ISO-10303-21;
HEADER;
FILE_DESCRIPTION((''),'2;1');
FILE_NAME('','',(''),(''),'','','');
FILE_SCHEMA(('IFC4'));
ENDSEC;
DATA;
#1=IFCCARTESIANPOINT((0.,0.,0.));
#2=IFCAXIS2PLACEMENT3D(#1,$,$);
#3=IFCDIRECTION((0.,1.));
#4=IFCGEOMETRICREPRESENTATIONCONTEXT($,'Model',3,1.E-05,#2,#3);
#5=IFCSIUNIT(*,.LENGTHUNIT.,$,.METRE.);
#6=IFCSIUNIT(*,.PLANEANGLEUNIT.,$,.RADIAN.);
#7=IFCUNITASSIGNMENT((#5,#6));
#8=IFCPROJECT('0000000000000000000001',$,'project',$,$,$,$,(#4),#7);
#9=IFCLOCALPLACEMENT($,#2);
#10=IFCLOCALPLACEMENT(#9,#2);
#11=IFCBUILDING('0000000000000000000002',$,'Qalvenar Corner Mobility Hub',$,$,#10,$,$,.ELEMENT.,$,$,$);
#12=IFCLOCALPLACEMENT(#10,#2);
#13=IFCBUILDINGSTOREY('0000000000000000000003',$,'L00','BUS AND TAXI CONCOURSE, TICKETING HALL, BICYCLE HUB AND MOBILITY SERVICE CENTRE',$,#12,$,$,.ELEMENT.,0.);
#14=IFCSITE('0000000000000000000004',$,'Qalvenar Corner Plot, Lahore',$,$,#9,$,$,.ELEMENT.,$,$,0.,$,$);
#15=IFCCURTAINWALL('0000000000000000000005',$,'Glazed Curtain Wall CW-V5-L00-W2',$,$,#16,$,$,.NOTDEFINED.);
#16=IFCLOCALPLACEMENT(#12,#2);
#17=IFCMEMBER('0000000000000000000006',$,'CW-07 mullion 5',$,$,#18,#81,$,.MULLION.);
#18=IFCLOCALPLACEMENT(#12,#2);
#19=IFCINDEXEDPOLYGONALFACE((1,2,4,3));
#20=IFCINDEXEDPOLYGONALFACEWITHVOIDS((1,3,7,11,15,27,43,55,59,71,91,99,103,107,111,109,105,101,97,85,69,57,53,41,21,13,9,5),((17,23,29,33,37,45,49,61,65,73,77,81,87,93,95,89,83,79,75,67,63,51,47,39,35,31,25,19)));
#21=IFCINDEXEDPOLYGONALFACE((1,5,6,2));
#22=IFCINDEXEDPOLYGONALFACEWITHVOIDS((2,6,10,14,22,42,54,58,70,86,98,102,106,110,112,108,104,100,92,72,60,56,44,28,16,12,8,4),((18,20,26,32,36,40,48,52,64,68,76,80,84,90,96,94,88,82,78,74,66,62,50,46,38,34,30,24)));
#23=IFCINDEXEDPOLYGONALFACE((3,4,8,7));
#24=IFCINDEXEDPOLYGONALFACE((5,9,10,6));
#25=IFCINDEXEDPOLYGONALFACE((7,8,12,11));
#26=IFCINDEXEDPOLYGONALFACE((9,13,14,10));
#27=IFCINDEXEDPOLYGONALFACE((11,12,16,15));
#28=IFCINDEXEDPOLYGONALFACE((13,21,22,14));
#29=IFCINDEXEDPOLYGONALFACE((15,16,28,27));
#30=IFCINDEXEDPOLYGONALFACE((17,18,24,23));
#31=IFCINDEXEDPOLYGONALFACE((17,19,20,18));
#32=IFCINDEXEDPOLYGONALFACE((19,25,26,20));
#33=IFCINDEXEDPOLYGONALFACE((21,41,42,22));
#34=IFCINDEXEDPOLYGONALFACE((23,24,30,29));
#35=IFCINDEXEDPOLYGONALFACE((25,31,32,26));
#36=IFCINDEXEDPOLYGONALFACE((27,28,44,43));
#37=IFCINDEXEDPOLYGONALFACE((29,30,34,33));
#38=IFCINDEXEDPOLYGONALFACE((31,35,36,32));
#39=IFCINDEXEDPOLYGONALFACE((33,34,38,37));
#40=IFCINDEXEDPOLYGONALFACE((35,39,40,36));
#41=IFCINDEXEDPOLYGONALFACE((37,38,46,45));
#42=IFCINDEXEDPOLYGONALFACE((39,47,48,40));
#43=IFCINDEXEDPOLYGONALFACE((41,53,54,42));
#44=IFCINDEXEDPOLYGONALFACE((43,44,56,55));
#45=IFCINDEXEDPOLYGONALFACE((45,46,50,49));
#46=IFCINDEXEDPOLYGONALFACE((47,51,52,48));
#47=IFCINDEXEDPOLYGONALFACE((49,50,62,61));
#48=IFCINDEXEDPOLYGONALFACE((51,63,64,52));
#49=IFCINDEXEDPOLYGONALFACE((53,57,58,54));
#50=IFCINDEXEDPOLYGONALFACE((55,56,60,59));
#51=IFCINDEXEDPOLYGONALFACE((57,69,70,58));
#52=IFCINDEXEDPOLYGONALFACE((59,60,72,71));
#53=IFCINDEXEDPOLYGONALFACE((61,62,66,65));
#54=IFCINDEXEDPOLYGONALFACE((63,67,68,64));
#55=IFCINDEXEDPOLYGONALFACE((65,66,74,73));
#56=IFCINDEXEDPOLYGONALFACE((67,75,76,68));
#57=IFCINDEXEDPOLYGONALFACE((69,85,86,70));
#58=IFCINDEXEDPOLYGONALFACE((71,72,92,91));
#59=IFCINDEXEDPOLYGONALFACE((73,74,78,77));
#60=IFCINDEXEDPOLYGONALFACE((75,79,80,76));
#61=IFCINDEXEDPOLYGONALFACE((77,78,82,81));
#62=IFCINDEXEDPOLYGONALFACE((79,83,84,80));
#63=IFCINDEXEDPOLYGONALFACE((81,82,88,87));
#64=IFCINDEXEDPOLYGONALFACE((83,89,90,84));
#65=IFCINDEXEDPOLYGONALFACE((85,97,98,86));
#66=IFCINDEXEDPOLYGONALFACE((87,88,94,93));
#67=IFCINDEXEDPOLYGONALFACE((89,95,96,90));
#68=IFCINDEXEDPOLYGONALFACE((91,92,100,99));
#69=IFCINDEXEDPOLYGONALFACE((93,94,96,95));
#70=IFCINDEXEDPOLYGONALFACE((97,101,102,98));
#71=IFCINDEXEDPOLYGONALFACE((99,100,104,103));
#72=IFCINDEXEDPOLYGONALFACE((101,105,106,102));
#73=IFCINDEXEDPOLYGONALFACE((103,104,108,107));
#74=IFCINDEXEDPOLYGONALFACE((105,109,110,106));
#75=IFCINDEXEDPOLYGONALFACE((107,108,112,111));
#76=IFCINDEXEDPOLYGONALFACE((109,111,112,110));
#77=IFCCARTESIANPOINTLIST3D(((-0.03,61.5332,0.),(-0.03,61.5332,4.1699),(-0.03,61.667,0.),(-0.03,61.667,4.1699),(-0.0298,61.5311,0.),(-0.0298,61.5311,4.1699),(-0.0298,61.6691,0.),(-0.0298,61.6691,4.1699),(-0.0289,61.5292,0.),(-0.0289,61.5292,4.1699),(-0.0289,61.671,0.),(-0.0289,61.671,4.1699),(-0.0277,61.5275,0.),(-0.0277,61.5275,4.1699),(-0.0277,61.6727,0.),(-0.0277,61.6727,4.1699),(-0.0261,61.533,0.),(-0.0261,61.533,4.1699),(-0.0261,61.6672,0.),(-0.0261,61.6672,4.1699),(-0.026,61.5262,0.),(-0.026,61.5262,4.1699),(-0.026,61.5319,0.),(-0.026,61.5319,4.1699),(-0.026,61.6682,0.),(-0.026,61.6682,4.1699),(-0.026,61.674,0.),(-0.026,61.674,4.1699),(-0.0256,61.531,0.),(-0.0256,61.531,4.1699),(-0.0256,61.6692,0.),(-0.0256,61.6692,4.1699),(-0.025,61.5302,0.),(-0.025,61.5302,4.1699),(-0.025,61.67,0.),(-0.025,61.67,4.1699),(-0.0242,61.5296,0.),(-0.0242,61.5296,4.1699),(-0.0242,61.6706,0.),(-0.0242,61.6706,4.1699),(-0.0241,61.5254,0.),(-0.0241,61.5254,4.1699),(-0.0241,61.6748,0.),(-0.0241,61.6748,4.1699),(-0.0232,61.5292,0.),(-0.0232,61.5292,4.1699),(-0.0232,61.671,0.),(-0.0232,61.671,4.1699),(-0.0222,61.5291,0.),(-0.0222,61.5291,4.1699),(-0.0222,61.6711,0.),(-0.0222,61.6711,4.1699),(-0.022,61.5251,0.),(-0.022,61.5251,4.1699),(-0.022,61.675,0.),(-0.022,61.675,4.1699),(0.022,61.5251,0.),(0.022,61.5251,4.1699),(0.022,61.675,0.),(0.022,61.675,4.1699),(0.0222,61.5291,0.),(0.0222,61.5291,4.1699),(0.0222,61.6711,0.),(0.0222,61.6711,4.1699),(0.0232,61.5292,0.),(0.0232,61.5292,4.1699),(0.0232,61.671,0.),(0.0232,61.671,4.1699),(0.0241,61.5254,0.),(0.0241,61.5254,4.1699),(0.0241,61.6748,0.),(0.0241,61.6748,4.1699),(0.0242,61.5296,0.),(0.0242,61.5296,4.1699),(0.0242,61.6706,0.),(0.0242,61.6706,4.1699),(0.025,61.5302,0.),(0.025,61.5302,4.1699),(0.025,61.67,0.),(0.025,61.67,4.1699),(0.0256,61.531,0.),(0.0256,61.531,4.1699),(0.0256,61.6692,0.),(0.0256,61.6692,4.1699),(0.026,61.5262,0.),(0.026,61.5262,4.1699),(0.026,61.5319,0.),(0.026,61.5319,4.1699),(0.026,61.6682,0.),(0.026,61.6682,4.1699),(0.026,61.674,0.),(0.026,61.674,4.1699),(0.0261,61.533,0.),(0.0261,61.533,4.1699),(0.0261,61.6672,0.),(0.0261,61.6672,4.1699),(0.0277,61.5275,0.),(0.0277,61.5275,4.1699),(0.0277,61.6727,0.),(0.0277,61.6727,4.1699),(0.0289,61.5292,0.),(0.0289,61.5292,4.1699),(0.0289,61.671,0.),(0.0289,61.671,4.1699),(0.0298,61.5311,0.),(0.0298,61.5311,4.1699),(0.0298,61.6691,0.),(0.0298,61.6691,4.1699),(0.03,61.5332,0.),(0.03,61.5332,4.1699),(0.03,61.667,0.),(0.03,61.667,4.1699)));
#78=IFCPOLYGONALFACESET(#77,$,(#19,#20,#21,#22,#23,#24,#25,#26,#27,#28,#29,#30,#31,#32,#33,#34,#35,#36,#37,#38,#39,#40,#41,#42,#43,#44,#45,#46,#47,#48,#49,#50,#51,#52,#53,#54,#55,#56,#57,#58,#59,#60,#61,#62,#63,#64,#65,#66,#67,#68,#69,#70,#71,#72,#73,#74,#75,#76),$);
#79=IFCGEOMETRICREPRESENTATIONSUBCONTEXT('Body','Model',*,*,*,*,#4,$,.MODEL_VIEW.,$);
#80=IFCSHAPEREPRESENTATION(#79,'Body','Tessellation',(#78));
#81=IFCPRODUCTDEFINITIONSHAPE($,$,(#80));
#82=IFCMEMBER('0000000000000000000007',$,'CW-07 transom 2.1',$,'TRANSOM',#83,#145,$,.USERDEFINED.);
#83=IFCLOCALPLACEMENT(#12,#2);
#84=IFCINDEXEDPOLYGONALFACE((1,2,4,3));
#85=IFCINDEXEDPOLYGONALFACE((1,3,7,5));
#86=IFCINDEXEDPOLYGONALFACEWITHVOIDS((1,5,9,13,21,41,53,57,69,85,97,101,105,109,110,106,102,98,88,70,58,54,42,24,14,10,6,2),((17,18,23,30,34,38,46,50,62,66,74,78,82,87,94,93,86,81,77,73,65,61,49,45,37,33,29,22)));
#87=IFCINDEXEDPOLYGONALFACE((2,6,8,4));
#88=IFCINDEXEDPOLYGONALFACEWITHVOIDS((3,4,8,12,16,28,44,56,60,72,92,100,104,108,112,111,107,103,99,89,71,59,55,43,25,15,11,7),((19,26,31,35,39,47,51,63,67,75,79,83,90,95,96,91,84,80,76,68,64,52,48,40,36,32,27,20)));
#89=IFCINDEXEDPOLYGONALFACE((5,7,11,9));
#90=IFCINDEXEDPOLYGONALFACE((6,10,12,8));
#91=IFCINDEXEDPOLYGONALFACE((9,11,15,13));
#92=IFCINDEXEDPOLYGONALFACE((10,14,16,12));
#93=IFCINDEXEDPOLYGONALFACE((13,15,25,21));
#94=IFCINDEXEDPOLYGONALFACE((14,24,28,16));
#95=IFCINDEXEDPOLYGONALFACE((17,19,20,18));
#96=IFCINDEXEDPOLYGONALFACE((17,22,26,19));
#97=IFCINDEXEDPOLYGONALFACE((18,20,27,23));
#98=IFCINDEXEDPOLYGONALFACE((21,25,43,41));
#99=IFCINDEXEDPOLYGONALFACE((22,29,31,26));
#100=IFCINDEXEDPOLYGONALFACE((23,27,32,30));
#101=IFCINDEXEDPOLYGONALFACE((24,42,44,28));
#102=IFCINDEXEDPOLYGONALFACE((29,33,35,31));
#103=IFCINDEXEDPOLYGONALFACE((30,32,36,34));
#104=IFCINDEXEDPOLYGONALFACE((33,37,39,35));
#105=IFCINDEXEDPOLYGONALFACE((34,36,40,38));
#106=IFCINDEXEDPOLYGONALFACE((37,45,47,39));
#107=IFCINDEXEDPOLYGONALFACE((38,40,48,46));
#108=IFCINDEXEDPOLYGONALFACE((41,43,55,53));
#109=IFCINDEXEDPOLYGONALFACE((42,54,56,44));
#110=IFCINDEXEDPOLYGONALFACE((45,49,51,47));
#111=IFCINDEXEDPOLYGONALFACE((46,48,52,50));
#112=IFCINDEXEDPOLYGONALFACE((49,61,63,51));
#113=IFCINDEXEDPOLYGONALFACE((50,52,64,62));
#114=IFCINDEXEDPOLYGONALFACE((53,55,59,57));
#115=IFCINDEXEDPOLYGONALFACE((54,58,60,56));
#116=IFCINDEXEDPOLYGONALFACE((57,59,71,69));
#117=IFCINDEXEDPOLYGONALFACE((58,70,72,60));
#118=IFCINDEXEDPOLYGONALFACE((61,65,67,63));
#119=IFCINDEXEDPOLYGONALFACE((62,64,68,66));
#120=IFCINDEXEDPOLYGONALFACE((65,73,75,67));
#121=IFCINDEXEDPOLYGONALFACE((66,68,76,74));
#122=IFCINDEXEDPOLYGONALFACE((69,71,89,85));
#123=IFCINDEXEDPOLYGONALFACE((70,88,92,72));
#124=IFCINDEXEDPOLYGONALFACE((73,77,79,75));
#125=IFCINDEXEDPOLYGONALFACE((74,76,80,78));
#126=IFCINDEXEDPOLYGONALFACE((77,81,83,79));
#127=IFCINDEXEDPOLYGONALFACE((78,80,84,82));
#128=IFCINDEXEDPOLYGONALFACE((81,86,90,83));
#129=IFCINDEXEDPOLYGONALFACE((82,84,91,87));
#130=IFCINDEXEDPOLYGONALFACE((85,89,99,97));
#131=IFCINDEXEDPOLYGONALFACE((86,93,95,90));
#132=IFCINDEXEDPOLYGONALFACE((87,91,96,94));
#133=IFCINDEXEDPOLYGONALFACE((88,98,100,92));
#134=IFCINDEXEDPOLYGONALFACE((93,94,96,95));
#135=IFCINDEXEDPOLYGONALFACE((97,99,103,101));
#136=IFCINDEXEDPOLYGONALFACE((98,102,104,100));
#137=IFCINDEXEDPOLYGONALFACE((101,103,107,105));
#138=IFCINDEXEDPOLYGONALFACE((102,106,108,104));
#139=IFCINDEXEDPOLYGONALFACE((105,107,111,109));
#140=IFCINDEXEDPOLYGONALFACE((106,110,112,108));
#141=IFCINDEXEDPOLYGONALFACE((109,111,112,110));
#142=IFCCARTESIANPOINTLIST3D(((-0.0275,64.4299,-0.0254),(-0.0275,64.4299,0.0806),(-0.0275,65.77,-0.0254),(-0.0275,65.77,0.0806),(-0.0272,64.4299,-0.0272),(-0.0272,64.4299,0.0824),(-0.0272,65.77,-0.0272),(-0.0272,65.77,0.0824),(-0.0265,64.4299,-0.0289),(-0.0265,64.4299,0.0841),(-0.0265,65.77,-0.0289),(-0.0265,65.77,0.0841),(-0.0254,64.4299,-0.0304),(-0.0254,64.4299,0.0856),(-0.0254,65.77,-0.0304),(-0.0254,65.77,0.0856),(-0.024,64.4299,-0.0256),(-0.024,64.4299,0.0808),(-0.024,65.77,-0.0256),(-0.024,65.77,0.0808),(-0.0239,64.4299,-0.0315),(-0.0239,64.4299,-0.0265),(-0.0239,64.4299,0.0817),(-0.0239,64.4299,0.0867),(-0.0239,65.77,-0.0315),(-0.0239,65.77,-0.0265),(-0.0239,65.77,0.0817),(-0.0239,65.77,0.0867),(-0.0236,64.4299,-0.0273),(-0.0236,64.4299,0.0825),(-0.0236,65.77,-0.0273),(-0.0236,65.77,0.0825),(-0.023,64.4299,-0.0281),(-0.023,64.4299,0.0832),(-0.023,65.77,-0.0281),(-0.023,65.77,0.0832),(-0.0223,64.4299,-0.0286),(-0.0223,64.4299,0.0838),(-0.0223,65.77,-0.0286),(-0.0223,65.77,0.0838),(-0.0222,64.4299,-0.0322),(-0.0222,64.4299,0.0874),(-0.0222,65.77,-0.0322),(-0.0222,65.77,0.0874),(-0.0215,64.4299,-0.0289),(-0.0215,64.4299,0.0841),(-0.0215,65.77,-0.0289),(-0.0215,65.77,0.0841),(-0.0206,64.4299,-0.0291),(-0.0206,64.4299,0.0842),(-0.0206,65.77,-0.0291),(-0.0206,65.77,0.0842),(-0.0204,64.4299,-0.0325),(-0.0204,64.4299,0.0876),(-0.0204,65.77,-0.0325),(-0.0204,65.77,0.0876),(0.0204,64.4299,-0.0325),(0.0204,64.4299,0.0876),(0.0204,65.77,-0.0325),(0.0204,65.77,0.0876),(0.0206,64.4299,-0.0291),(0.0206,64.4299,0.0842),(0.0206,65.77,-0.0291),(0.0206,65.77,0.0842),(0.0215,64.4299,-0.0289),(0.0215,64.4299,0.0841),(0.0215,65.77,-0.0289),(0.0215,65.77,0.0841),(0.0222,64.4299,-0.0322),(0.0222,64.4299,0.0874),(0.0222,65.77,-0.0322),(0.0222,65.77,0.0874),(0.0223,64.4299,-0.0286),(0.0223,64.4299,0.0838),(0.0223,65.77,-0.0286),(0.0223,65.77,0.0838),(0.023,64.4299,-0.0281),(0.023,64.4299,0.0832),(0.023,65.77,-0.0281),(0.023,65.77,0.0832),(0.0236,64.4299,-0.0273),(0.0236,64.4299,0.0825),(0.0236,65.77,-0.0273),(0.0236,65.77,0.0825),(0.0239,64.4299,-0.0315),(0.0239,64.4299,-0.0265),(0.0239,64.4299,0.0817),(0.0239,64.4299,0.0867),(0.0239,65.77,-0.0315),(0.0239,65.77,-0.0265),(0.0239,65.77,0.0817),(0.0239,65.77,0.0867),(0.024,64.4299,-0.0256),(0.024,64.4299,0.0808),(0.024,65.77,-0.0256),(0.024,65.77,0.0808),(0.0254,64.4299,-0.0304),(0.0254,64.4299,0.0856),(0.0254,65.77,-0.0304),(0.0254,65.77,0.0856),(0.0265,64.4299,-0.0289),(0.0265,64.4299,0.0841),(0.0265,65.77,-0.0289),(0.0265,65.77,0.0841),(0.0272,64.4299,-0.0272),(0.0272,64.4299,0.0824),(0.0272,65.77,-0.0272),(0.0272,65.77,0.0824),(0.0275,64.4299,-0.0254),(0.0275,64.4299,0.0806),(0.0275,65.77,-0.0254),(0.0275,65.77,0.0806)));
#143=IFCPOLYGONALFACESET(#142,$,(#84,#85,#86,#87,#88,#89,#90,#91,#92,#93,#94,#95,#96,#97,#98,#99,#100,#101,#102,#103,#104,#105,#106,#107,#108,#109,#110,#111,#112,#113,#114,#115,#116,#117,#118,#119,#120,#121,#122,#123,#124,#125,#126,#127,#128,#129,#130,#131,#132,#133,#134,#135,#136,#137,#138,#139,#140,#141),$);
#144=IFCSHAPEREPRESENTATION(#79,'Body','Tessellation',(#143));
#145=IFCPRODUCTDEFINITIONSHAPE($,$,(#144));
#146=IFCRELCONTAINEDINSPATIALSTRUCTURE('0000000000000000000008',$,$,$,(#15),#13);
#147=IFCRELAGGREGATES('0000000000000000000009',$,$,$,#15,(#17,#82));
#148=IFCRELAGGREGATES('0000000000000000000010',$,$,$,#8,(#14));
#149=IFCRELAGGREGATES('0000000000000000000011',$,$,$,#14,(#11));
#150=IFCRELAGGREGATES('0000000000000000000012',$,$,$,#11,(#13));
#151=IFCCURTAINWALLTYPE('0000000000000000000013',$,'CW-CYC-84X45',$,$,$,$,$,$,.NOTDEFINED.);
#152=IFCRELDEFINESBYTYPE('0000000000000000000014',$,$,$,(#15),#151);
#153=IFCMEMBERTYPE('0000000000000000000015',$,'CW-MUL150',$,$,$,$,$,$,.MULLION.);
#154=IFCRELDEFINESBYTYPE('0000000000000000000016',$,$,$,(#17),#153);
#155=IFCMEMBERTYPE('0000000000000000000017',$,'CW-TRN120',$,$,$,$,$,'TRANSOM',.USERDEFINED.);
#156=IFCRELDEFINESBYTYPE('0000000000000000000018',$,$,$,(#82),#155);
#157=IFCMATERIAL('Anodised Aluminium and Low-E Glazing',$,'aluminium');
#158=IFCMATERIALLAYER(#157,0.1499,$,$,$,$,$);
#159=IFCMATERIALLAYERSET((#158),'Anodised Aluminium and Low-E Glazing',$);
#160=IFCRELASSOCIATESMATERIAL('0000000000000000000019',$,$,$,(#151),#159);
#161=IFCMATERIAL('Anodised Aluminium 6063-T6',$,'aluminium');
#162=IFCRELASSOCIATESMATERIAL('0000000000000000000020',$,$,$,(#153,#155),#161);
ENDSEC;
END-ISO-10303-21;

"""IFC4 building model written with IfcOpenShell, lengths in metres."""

from ifc_helpers import new_model, si_unit, direction, frame, origin, origin_2d, place, context, subcontext, project, spatial, hollow_rectangle, extrude, material, layer, layer_set, material_profile, profile_set, type_object, element, aggregate, save


model = new_model("IFC4")

# Units and contexts
model_context = context("Model", 3, precision=1e-05, world=origin(), true_north=direction((0.0, 1.0)))
body_context = subcontext(model_context, "Body", "Model", "MODEL_VIEW")
ifc_project = project(units=[si_unit("LENGTHUNIT", "METRE"), si_unit("PLANEANGLEUNIT", "RADIAN")], contexts=[model_context])

# Site, building, storey
site_placement = place(None, origin())
site = spatial("IfcSite", under=ifc_project, at=site_placement, Name="Qalvenar Corner Plot, Lahore", CompositionType="ELEMENT", RefElevation=0.0)
building_placement = place(site_placement, origin())
building = spatial("IfcBuilding", under=site, at=building_placement, Name="Qalvenar Corner Mobility Hub", CompositionType="ELEMENT")
storey_placement = place(building_placement, origin())
storey = spatial("IfcBuildingStorey", under=building, at=storey_placement, Name="L00", Description="BUS AND TAXI CONCOURSE, TICKETING HALL, BICYCLE HUB AND MOBILITY SERVICE CENTRE", CompositionType="ELEMENT", Elevation=0.0)

# Curtain wall, members
ifc_material_1 = material(Name="Anodised Aluminium and Low-E Glazing", Category="aluminium")
ifc_layer_1 = layer(ifc_material_1, 0.1499)
ifc_layer_set_1 = layer_set([ifc_layer_1], Name="Anodised Aluminium and Low-E Glazing")
curtain_wall_type = type_object("IfcCurtainWallType", Name="CW-CYC-84X45", PredefinedType="NOTDEFINED", material=ifc_layer_set_1)
curtain_wall_placement = place(storey_placement, origin())
curtain_wall = element("IfcCurtainWall", 1, at=curtain_wall_placement, inside=storey, type_object=curtain_wall_type, Name="Glazed Curtain Wall CW-V5-L00-W2", PredefinedType="NOTDEFINED")
ifc_material_2 = material(Name="Anodised Aluminium 6063-T6", Category="aluminium")
ifc_material_profile_1 = material_profile(ifc_material_2, hollow_rectangle(XDim=0.0601, YDim=0.1499, WallThickness=0.0039, InnerFilletRadius=0.0039, OuterFilletRadius=0.0081, at=origin_2d()), Name="RHS150x60x4")
ifc_profile_set_1 = profile_set([ifc_material_profile_1], Name="Anodised Aluminium 6063-T6")
member_type_1 = type_object("IfcMemberType", Name="CW-MUL150", PredefinedType="MULLION", material=ifc_profile_set_1)
member_1_placement = place(storey_placement, frame((0.0, 61.6001, 0.0), z_axis=(0.0, 0.0, 1.0), x_axis=(1.0, 0.0, 0.0)))
member_1 = element("IfcMember", 2, at=member_1_placement, type_object=member_type_1, Name="CW-07 mullion 5", PredefinedType="MULLION", context=body_context, shape_type="SweptSolid", body=[
    extrude(hollow_rectangle(XDim=0.0601, YDim=0.1499, WallThickness=0.0039, InnerFilletRadius=0.0039, OuterFilletRadius=0.0081, at=origin_2d()), origin(), (0.0, 0.0, 1.0), 4.1699),
])
ifc_material_profile_2 = material_profile(ifc_material_2, hollow_rectangle(XDim=0.0549, YDim=0.1201, WallThickness=0.0034, InnerFilletRadius=0.0034, OuterFilletRadius=0.0071, at=origin_2d()), Name="RHS120x55x3.5")
ifc_profile_set_2 = profile_set([ifc_material_profile_2], Name="Anodised Aluminium 6063-T6")
member_type_2 = type_object("IfcMemberType", Name="CW-TRN120", ElementType="TRANSOM", PredefinedType="USERDEFINED", material=ifc_profile_set_2)
member_2_placement = place(storey_placement, frame((0.0, 65.77, 0.0276), z_axis=(0.0, -1.0, 0.0), x_axis=(1.0, 0.0, 0.0)))
member_2 = element("IfcMember", 3, at=member_2_placement, type_object=member_type_2, Name="CW-07 transom 2.1", ObjectType="TRANSOM", PredefinedType="USERDEFINED", context=body_context, shape_type="SweptSolid", body=[
    extrude(hollow_rectangle(XDim=0.0549, YDim=0.1201, WallThickness=0.0034, InnerFilletRadius=0.0034, OuterFilletRadius=0.0071, at=origin_2d()), origin(), (0.0, 0.0, 1.0), 1.3401),
])
aggregate(curtain_wall, [member_1, member_2])

save(model, "model.ifc")
